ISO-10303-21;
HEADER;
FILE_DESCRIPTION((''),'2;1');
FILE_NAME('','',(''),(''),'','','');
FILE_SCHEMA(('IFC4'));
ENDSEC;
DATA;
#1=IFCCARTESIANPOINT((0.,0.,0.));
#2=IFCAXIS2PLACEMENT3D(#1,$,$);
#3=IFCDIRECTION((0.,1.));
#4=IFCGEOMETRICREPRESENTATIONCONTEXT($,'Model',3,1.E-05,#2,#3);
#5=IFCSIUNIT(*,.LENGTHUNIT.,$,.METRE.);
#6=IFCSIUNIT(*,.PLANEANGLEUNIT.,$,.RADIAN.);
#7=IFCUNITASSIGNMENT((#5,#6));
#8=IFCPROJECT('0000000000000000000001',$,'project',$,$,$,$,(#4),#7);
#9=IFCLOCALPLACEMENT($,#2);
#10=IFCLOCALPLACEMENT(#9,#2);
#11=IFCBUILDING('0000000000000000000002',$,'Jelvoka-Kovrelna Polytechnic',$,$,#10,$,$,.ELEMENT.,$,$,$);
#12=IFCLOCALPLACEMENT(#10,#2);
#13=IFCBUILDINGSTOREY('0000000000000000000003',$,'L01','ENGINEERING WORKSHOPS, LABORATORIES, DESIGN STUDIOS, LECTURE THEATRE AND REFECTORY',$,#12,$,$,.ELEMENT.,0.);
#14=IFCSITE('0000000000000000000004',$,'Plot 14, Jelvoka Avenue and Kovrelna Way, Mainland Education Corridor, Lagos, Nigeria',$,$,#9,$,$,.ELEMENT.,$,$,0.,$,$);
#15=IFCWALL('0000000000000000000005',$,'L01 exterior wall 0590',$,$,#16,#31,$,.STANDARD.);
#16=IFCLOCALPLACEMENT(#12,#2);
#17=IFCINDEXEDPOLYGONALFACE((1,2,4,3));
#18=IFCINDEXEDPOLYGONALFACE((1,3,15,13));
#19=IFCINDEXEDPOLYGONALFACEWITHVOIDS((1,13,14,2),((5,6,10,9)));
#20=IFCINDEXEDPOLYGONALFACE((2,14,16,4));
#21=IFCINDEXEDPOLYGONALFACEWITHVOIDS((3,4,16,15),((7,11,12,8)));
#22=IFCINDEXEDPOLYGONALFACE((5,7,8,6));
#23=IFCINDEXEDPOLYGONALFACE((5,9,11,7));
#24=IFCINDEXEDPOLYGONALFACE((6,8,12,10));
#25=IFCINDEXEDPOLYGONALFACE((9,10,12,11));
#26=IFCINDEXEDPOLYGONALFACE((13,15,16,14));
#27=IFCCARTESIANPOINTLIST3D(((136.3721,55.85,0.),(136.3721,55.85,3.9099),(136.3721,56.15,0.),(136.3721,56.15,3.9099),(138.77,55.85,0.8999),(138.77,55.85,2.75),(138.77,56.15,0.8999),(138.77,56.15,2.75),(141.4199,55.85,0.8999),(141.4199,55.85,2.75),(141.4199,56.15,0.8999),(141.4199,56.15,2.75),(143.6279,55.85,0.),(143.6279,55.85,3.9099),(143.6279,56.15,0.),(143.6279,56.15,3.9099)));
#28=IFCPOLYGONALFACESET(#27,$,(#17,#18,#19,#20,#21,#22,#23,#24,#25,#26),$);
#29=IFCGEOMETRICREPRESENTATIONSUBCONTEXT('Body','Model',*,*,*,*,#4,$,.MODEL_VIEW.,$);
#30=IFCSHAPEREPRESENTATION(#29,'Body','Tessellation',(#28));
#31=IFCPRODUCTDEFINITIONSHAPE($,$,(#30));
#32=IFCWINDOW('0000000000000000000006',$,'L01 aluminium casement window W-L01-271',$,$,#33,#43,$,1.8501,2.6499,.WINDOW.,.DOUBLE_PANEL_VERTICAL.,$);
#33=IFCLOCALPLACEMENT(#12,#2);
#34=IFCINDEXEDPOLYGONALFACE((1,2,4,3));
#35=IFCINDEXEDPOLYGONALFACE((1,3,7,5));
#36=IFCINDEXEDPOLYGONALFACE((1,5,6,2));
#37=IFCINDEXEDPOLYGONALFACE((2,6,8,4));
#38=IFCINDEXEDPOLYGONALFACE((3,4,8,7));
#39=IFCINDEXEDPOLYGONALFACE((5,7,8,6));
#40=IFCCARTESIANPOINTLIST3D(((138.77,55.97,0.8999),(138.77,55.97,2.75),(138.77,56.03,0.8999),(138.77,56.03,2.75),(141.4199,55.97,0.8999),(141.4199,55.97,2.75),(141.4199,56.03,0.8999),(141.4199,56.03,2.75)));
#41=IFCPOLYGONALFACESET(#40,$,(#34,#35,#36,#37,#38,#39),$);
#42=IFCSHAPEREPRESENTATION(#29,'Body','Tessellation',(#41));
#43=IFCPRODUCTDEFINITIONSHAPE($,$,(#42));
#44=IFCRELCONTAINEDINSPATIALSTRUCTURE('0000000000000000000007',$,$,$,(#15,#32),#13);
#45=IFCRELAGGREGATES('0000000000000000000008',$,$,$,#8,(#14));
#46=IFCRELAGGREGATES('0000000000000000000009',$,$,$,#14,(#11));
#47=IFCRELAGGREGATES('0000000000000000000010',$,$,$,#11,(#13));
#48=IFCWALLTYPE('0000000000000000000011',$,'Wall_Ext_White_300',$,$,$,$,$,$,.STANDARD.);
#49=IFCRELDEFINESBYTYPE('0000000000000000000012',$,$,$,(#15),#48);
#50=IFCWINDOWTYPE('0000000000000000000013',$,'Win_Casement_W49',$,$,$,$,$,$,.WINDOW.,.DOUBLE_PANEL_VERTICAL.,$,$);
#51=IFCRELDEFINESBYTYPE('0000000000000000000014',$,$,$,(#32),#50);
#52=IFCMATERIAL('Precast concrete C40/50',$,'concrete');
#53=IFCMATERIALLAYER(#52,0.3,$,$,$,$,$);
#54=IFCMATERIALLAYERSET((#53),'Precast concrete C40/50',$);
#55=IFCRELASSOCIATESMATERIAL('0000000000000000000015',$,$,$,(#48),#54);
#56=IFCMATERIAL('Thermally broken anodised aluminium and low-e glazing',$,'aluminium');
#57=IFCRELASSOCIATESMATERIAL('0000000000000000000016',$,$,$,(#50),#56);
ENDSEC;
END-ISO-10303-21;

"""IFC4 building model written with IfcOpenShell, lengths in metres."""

from ifc_helpers import new_model, si_unit, direction, frame, frame_2d, origin, place, context, subcontext, project, spatial, rectangle, extrude, material, layer, layer_set, type_object, element, fill, save


model = new_model("IFC4")

# Units and contexts
model_context = context("Model", 3, precision=1e-05, world=origin(), true_north=direction((0.0, 1.0)))
body_context = subcontext(model_context, "Body", "Model", "MODEL_VIEW")
ifc_project = project(units=[si_unit("LENGTHUNIT", "METRE"), si_unit("PLANEANGLEUNIT", "RADIAN")], contexts=[model_context])

# Site, building, storey
site_placement = place(None, origin())
site = spatial("IfcSite", under=ifc_project, at=site_placement, Name="Plot 14, Jelvoka Avenue and Kovrelna Way, Mainland Education Corridor, Lagos, Nigeria", CompositionType="ELEMENT", RefElevation=0.0)
building_placement = place(site_placement, origin())
building = spatial("IfcBuilding", under=site, at=building_placement, Name="Jelvoka-Kovrelna Polytechnic", CompositionType="ELEMENT")
storey_placement = place(building_placement, origin())
storey = spatial("IfcBuildingStorey", under=building, at=storey_placement, Name="L01", Description="ENGINEERING WORKSHOPS, LABORATORIES, DESIGN STUDIOS, LECTURE THEATRE AND REFECTORY", CompositionType="ELEMENT", Elevation=0.0)

# Wall, opening, window
ifc_material_1 = material(Name="Precast concrete C40/50", Category="concrete")
ifc_layer_1 = layer(ifc_material_1, 0.3)
ifc_layer_set_1 = layer_set([ifc_layer_1], Name="Precast concrete C40/50")
wall_type = type_object("IfcWallType", Name="Wall_Ext_White_300", PredefinedType="STANDARD", material=ifc_layer_set_1)
wall_placement = place(storey_placement, frame((143.6279, 56.0, 0.0), z_axis=(0.0, 0.0, 1.0), x_axis=(-1.0, 0.0, 0.0)))
wall = element("IfcWall", 1, at=wall_placement, inside=storey, type_object=wall_type, Name="L01 exterior wall 0590", PredefinedType="STANDARD", context=body_context, shape_type="SweptSolid", body=[
    extrude(rectangle(XDim=7.2559, YDim=0.3, at=frame_2d((3.6279, 0.0))), origin(), (0.0, 0.0, 1.0), 3.9099),
])
opening_placement = place(wall_placement, frame((2.208, 0.0, 0.8999)))
opening = element("IfcOpeningElement", 2, at=opening_placement, cuts=wall, PredefinedType="OPENING", context=body_context, shape_type="SweptSolid", body=[
    extrude(rectangle(XDim=2.6499, YDim=1.8501, at=frame_2d((1.325, 0.925))), frame((0.0, 0.1599, 0.0), z_axis=(0.0, -1.0, 0.0), x_axis=(1.0, 0.0, 0.0)), (0.0, 0.0, 1.0), 0.3201),
])
ifc_material_2 = material(Name="Thermally broken anodised aluminium and low-e glazing", Category="aluminium")
window_type = type_object("IfcWindowType", Name="Win_Casement_W49", PartitioningType="DOUBLE_PANEL_VERTICAL", PredefinedType="WINDOW", material=ifc_material_2)
window_placement = place(opening_placement, origin())
window = element("IfcWindow", 3, at=window_placement, inside=storey, type_object=window_type, Name="L01 aluminium casement window W-L01-271", OverallHeight=1.8501, OverallWidth=2.6499, PartitioningType="DOUBLE_PANEL_VERTICAL", PredefinedType="WINDOW", context=body_context, shape_type="SweptSolid", body=[
    extrude(rectangle(XDim=2.6499, YDim=1.8501, at=frame_2d((1.325, 0.925))), frame((0.0, 0.03, 0.0), z_axis=(0.0, -1.0, 0.0), x_axis=(1.0, 0.0, 0.0)), (0.0, 0.0, 1.0), 0.0601),
])
fill(opening, window)

save(model, "model.ifc")
